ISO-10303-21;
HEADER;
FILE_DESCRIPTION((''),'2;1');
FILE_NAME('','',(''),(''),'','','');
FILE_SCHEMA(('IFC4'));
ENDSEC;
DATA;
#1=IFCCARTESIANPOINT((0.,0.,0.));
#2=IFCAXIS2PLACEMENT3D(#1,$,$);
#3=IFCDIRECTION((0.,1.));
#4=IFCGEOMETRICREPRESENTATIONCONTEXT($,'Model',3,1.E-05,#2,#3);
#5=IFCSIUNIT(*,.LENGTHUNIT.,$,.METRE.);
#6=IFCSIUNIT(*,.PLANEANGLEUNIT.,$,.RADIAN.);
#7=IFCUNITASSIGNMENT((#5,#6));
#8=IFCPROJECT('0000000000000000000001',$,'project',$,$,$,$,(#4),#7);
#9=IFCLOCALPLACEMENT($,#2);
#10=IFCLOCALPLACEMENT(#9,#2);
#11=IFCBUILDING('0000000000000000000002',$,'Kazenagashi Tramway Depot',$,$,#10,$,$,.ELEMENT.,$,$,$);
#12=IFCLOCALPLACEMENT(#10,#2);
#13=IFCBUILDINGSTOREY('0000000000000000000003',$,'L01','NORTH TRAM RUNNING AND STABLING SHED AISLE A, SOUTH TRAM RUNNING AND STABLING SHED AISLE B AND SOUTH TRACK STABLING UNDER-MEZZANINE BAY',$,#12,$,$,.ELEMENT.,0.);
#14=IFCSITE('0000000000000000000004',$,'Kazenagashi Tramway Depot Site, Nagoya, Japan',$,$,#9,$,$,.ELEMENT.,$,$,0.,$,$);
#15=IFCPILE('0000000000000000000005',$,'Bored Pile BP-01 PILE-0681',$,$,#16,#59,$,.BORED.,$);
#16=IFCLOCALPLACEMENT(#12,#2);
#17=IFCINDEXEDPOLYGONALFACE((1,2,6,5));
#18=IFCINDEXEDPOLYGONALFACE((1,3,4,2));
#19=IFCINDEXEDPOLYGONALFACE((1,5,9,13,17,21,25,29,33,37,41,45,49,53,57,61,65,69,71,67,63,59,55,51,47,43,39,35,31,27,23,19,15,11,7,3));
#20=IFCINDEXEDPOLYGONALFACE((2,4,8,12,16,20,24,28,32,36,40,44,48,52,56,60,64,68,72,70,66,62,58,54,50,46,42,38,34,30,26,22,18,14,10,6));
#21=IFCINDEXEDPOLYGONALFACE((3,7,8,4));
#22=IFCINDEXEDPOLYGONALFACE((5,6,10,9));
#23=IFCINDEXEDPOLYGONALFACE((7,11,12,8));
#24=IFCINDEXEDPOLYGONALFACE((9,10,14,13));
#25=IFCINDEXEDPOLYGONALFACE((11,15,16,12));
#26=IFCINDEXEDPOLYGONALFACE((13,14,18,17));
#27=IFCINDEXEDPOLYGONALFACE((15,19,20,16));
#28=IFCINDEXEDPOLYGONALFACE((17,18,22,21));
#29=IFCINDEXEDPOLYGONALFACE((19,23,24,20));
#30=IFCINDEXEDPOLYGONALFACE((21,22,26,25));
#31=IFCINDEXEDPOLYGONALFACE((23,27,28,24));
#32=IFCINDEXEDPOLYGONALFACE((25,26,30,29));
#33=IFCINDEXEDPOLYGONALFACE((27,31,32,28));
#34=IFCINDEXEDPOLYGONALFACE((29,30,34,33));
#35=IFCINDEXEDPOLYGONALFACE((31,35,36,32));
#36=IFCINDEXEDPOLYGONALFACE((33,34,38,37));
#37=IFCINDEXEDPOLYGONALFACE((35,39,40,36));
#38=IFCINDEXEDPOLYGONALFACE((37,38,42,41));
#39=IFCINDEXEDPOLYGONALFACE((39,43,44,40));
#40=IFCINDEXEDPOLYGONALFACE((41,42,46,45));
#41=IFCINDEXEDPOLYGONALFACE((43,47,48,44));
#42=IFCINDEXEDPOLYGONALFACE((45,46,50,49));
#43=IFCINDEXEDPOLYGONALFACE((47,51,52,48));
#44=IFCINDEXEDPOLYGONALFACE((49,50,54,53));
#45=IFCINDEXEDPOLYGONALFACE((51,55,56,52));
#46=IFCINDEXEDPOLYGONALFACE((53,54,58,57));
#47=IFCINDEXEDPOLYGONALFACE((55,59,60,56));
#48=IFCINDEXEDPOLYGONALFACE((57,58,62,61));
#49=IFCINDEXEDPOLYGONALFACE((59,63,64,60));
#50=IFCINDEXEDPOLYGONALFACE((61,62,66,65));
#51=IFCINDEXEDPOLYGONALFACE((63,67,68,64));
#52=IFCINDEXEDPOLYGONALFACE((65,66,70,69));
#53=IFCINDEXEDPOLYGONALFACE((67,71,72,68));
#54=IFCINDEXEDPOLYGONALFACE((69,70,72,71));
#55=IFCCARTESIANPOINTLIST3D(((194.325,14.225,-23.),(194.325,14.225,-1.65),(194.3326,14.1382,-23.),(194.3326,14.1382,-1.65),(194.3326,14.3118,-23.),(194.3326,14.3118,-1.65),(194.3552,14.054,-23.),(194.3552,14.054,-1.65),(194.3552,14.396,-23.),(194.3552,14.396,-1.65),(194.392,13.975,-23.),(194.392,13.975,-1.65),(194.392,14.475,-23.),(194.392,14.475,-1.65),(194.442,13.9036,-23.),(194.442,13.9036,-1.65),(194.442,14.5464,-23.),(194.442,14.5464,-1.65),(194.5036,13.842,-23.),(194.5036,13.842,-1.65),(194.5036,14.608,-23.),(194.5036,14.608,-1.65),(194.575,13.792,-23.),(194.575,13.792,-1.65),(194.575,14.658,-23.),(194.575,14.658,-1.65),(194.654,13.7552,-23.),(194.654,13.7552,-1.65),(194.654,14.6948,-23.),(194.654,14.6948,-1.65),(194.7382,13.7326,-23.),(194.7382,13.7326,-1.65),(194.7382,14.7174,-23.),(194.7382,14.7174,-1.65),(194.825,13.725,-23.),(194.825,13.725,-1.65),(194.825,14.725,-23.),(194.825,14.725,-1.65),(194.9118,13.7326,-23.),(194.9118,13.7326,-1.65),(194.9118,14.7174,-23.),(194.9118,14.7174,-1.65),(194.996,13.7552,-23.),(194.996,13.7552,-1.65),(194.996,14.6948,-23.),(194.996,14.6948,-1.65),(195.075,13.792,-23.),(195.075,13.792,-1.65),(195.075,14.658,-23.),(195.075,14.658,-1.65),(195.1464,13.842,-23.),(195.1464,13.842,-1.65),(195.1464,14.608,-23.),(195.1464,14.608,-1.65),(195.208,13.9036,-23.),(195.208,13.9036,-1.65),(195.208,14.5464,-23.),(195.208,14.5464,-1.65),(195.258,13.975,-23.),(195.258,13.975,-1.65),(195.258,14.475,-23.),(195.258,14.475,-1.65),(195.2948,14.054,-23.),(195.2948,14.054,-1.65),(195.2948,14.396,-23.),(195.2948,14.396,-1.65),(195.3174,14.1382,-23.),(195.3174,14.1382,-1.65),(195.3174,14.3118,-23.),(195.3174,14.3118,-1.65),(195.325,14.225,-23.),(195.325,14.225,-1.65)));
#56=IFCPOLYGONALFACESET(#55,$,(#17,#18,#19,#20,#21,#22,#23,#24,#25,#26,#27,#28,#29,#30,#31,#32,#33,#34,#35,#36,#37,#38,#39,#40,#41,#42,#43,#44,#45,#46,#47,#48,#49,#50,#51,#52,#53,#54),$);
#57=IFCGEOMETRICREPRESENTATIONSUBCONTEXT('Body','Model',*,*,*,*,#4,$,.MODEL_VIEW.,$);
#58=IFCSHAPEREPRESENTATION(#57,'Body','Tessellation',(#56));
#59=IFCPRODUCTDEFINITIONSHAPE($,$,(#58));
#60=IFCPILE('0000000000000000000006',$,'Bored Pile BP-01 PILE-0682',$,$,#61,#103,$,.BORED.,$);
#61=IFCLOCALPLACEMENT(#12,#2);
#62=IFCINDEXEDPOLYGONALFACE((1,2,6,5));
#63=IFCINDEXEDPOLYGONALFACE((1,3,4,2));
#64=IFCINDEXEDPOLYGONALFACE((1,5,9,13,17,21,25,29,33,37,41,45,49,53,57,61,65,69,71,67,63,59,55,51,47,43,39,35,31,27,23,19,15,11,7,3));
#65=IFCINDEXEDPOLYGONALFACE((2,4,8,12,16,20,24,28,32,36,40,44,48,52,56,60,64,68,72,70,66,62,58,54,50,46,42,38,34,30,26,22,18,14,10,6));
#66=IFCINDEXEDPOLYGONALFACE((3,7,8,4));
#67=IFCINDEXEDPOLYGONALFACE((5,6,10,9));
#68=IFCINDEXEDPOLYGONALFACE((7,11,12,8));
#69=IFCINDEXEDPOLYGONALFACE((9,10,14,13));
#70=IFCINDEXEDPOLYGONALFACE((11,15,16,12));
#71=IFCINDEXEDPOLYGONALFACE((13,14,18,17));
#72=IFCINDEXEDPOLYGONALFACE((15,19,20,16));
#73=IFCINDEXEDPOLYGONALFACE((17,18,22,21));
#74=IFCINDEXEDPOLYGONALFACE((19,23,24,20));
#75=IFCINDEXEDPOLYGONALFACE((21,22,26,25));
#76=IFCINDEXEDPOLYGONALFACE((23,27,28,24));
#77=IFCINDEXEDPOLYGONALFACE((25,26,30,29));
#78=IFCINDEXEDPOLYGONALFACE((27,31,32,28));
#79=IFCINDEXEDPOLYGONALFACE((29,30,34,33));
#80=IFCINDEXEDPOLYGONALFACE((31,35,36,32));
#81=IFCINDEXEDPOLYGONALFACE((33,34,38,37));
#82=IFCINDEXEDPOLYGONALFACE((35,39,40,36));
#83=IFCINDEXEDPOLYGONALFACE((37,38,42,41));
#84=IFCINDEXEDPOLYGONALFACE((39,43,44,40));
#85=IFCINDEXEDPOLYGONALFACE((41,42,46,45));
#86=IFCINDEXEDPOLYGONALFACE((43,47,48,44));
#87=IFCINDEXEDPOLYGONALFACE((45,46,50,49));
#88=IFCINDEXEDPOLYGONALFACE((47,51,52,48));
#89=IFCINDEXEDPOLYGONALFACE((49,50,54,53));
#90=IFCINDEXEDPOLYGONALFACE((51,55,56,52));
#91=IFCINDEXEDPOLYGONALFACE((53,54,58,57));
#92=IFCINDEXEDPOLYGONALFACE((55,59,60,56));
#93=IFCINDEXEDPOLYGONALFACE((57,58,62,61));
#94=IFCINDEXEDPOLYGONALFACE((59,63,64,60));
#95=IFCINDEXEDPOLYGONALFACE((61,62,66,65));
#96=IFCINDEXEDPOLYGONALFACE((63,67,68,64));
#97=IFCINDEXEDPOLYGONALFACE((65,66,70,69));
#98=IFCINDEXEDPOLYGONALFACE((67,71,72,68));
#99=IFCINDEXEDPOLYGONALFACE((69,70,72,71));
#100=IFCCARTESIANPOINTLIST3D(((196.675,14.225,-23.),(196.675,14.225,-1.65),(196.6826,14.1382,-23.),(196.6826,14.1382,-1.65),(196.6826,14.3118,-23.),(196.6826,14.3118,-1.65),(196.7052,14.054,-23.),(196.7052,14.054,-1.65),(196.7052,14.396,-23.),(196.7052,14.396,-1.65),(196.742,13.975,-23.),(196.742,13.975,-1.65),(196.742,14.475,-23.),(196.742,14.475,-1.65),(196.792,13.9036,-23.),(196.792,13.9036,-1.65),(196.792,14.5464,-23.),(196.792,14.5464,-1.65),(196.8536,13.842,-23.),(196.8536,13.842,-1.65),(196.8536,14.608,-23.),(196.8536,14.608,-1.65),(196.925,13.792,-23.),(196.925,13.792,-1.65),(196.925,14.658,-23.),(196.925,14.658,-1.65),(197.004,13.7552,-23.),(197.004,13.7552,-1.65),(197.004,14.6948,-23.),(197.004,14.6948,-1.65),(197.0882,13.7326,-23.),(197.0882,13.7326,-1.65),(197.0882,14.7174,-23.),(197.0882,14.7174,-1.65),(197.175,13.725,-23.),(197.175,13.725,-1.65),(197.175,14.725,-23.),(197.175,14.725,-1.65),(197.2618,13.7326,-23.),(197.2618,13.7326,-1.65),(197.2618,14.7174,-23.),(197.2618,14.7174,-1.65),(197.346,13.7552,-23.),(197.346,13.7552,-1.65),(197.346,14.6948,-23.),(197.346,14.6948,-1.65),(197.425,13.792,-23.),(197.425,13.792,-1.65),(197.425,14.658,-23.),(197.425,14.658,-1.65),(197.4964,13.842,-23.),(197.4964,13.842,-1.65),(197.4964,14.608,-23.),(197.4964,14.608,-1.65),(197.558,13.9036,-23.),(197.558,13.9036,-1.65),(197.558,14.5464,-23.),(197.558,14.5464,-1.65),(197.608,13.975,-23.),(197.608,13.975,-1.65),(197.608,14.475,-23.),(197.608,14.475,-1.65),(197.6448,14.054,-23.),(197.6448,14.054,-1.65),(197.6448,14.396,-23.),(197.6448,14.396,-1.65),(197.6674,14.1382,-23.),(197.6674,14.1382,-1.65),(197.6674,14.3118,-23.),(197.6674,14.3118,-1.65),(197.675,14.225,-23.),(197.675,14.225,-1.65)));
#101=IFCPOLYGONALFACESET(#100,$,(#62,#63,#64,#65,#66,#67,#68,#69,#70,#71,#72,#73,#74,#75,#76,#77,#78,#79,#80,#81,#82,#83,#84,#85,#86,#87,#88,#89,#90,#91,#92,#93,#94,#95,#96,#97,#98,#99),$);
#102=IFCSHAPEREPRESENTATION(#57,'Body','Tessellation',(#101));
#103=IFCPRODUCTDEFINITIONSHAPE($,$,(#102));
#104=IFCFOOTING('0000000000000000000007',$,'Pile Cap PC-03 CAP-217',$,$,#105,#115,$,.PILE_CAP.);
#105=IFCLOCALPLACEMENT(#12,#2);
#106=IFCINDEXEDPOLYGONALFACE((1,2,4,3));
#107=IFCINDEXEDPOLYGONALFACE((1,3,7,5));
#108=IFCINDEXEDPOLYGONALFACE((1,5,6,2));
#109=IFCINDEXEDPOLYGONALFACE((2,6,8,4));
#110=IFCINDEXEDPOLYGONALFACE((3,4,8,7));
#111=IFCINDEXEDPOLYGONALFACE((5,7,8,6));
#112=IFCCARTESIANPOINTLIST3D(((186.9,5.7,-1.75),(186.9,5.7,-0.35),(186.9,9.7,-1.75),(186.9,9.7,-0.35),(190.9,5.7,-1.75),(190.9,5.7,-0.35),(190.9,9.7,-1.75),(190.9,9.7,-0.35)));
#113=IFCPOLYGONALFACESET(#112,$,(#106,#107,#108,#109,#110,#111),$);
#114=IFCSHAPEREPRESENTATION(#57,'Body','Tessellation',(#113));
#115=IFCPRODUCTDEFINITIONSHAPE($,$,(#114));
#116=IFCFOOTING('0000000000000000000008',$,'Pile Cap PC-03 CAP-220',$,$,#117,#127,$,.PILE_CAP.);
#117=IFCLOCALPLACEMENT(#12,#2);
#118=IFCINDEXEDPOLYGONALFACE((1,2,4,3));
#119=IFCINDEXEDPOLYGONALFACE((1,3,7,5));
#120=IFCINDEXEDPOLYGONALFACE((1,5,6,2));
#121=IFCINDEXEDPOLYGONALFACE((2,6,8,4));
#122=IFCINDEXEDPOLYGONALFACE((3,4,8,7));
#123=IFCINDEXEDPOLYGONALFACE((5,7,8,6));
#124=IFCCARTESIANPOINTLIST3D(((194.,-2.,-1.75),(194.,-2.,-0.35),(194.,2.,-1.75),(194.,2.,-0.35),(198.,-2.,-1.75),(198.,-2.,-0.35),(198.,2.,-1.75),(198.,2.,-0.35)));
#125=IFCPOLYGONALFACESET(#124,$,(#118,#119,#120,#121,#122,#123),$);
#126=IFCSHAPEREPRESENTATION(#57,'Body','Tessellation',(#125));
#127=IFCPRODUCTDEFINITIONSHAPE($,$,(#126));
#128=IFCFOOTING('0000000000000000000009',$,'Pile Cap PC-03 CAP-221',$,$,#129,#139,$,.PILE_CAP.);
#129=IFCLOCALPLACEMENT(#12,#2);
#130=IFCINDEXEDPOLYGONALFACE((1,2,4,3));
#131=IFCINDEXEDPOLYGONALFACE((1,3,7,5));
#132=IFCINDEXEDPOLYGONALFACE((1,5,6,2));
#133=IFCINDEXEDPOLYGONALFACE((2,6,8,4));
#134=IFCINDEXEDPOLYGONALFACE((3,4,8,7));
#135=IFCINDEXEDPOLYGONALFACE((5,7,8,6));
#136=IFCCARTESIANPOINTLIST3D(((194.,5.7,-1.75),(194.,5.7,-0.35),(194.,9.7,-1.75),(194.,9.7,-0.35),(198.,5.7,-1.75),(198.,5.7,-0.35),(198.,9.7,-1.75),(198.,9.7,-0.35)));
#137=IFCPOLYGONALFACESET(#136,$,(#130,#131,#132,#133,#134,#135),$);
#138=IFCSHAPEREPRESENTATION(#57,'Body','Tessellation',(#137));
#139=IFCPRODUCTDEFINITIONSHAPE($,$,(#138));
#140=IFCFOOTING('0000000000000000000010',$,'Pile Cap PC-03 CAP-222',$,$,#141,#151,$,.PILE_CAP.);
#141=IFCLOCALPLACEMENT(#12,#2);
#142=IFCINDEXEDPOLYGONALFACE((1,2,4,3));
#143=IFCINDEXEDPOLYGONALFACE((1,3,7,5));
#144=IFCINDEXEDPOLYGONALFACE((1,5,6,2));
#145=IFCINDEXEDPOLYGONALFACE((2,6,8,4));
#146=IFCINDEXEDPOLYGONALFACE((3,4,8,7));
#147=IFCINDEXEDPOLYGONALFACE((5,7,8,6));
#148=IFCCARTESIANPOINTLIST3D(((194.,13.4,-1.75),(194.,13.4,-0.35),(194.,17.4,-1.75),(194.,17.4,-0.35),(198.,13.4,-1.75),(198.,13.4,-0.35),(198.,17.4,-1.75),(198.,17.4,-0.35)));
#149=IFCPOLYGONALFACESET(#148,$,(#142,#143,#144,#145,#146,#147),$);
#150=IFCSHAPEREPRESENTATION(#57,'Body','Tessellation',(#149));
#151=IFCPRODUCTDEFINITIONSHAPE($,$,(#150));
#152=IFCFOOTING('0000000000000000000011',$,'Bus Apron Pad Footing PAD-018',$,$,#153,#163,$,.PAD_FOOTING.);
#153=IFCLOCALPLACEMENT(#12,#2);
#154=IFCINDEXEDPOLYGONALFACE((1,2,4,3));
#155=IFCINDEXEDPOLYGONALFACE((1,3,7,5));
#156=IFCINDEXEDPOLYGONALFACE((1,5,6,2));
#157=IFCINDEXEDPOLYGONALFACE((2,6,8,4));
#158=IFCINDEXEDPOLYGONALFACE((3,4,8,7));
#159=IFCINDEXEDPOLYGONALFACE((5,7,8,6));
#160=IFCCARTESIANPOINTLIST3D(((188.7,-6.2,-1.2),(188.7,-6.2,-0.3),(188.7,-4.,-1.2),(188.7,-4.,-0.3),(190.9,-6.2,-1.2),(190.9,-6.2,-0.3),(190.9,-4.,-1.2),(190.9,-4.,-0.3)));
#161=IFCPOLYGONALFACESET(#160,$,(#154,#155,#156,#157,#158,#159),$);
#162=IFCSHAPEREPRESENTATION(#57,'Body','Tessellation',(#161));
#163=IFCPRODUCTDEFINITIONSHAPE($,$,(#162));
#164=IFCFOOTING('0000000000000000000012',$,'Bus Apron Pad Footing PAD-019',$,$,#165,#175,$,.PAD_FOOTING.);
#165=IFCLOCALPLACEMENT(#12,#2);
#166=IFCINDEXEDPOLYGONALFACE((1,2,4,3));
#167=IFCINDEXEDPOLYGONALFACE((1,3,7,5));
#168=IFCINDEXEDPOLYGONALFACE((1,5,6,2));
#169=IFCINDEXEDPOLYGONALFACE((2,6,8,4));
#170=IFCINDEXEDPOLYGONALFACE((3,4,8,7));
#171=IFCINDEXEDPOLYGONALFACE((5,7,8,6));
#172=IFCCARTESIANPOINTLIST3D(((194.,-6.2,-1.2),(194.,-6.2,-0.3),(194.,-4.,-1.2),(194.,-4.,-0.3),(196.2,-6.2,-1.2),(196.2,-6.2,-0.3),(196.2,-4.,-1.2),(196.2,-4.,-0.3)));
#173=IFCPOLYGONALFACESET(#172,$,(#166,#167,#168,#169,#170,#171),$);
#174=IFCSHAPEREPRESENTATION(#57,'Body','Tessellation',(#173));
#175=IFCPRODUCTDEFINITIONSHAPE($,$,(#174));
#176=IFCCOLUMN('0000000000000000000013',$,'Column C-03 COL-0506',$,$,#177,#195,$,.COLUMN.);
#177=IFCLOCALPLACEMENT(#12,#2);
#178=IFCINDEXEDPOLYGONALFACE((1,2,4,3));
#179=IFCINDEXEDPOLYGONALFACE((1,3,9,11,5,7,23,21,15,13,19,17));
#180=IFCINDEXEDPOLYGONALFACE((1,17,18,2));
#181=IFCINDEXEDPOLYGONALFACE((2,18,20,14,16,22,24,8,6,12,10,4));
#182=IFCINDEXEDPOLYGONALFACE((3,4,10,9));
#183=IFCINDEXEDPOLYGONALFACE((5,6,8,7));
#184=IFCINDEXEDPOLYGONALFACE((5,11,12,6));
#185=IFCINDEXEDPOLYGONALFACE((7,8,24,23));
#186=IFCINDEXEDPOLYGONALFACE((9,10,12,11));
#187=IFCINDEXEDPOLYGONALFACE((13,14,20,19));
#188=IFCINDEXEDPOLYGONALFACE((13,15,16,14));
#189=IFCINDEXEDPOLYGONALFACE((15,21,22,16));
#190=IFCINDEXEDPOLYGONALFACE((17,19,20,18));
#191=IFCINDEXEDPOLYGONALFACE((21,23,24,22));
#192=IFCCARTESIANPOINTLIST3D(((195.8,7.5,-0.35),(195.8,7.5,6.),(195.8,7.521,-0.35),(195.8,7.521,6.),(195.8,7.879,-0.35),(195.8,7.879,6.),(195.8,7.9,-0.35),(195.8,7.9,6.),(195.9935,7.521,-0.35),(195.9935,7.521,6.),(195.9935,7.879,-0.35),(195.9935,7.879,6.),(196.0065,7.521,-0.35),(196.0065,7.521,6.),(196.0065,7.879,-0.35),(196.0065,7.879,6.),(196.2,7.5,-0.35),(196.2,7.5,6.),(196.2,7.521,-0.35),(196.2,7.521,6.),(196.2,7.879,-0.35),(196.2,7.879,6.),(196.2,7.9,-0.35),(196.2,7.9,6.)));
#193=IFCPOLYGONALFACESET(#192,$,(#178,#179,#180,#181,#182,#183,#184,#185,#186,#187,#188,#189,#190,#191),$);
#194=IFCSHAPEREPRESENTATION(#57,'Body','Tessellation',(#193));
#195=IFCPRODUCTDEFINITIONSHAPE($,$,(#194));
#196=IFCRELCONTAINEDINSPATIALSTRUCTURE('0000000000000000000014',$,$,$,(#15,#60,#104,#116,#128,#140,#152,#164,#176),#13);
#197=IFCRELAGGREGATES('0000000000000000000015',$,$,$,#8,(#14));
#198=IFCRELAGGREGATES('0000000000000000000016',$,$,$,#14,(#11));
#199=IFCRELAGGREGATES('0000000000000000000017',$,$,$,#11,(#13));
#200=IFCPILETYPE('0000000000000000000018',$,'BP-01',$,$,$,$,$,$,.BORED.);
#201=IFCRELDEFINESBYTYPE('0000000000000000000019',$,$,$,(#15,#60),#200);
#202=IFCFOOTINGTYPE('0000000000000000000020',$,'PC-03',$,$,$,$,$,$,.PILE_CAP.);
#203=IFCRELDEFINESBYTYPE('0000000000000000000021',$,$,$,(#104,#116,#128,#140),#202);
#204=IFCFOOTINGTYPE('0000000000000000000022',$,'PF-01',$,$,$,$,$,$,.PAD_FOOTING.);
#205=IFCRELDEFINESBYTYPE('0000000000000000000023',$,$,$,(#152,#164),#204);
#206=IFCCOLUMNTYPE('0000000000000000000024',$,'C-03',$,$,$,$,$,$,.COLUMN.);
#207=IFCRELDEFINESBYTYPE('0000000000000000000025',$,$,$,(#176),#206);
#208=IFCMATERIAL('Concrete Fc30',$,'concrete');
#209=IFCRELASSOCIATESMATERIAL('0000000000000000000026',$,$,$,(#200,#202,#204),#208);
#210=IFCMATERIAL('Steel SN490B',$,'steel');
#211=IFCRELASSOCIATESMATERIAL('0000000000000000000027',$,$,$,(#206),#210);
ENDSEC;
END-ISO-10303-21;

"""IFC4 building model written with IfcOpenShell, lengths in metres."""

from ifc_helpers import new_model, si_unit, direction, frame, origin, origin_2d, place, context, subcontext, project, spatial, rectangle, circle, i_section, extrude, material, material_profile, profile_set, type_object, element, save


model = new_model("IFC4")

# Units and contexts
model_context = context("Model", 3, precision=1e-05, world=origin(), true_north=direction((0.0, 1.0)))
body_context = subcontext(model_context, "Body", "Model", "MODEL_VIEW")
ifc_project = project(units=[si_unit("LENGTHUNIT", "METRE"), si_unit("PLANEANGLEUNIT", "RADIAN")], contexts=[model_context])

# Site, building, storey
site_placement = place(None, origin())
site = spatial("IfcSite", under=ifc_project, at=site_placement, Name="Kazenagashi Tramway Depot Site, Nagoya, Japan", CompositionType="ELEMENT", RefElevation=0.0)
building_placement = place(site_placement, origin())
building = spatial("IfcBuilding", under=site, at=building_placement, Name="Kazenagashi Tramway Depot", CompositionType="ELEMENT")
storey_placement = place(building_placement, origin())
storey = spatial("IfcBuildingStorey", under=building, at=storey_placement, Name="L01", Description="NORTH TRAM RUNNING AND STABLING SHED AISLE A, SOUTH TRAM RUNNING AND STABLING SHED AISLE B AND SOUTH TRACK STABLING UNDER-MEZZANINE BAY", CompositionType="ELEMENT", Elevation=0.0)

# Piles
ifc_material_1 = material(Name="Concrete Fc30", Category="concrete")
ifc_material_profile_1 = material_profile(ifc_material_1, circle(Radius=0.5, at=origin_2d()), Name="PILE-1000")
ifc_profile_set_1 = profile_set([ifc_material_profile_1], Name="Concrete Fc30")
pile_type = type_object("IfcPileType", Name="BP-01", PredefinedType="BORED", material=ifc_profile_set_1)
for number, where, z_axis, x_axis, name in (
    (1, (194.825, 14.225, -1.65), (0.0, 0.0, -1.0), (1.0, 0.0, 0.0), "Bored Pile BP-01 PILE-0681"),
    (2, (197.175, 14.225, -1.65), (0.0, 0.0, -1.0), (1.0, 0.0, 0.0), "Bored Pile BP-01 PILE-0682"),
):
    element("IfcPile", number, at=place(storey_placement, frame(where, z_axis=z_axis, x_axis=x_axis)), inside=storey, type_object=pile_type, Name=name, PredefinedType="BORED", context=body_context, shape_type="SweptSolid", body=[
        extrude(circle(Radius=0.5, at=origin_2d()), origin(), (0.0, 0.0, 1.0), 21.35),
    ])

# Footings
footing_type_1 = type_object("IfcFootingType", Name="PC-03", PredefinedType="PILE_CAP", material=ifc_material_1)
for number, where, z_axis, x_axis, name in (
    (3, (188.9, 7.7, -1.75), (0.0, 0.0, 1.0), (1.0, 0.0, 0.0), "Pile Cap PC-03 CAP-217"),
    (4, (196.0, 0.0, -1.75), (0.0, 0.0, 1.0), (1.0, 0.0, 0.0), "Pile Cap PC-03 CAP-220"),
    (5, (196.0, 7.7, -1.75), (0.0, 0.0, 1.0), (1.0, 0.0, 0.0), "Pile Cap PC-03 CAP-221"),
    (6, (196.0, 15.4, -1.75), (0.0, 0.0, 1.0), (1.0, 0.0, 0.0), "Pile Cap PC-03 CAP-222"),
):
    element("IfcFooting", number, at=place(storey_placement, frame(where, z_axis=z_axis, x_axis=x_axis)), inside=storey, type_object=footing_type_1, Name=name, PredefinedType="PILE_CAP", context=body_context, shape_type="SweptSolid", body=[
        extrude(rectangle(XDim=4.0, YDim=4.0, at=origin_2d()), origin(), (0.0, 0.0, 1.0), 1.4),
    ])
footing_type_2 = type_object("IfcFootingType", Name="PF-01", PredefinedType="PAD_FOOTING", material=ifc_material_1)
for number, where, z_axis, x_axis, name in (
    (7, (189.8, -5.1, -1.2), (0.0, 0.0, 1.0), (1.0, 0.0, 0.0), "Bus Apron Pad Footing PAD-018"),
    (8, (195.1, -5.1, -1.2), (0.0, 0.0, 1.0), (1.0, 0.0, 0.0), "Bus Apron Pad Footing PAD-019"),
):
    element("IfcFooting", number, at=place(storey_placement, frame(where, z_axis=z_axis, x_axis=x_axis)), inside=storey, type_object=footing_type_2, Name=name, PredefinedType="PAD_FOOTING", context=body_context, shape_type="SweptSolid", body=[
        extrude(rectangle(XDim=2.2, YDim=2.2, at=origin_2d()), origin(), (0.0, 0.0, 1.0), 0.9),
    ])

# Column
ifc_material_2 = material(Name="Steel SN490B", Category="steel")
ifc_material_profile_2 = material_profile(ifc_material_2, i_section(OverallWidth=0.4, OverallDepth=0.4, WebThickness=0.013, FlangeThickness=0.021, at=origin_2d()), Name="H-400x400x13x21")
ifc_profile_set_2 = profile_set([ifc_material_profile_2], Name="Steel SN490B")
column_type_1 = type_object("IfcColumnType", Name="C-03", PredefinedType="COLUMN", material=ifc_profile_set_2)
for number, where, z_axis, x_axis, name in (
    (9, (196.0, 7.7, -0.35), (0.0, 0.0, 1.0), (1.0, 0.0, 0.0), "Column C-03 COL-0506"),
):
    element("IfcColumn", number, at=place(storey_placement, frame(where, z_axis=z_axis, x_axis=x_axis)), inside=storey, type_object=column_type_1, Name=name, PredefinedType="COLUMN", context=body_context, shape_type="SweptSolid", body=[
        extrude(i_section(OverallWidth=0.4, OverallDepth=0.4, WebThickness=0.013, FlangeThickness=0.021, at=origin_2d()), origin(), (0.0, 0.0, 1.0), 6.35),
    ])

save(model, "model.ifc")
